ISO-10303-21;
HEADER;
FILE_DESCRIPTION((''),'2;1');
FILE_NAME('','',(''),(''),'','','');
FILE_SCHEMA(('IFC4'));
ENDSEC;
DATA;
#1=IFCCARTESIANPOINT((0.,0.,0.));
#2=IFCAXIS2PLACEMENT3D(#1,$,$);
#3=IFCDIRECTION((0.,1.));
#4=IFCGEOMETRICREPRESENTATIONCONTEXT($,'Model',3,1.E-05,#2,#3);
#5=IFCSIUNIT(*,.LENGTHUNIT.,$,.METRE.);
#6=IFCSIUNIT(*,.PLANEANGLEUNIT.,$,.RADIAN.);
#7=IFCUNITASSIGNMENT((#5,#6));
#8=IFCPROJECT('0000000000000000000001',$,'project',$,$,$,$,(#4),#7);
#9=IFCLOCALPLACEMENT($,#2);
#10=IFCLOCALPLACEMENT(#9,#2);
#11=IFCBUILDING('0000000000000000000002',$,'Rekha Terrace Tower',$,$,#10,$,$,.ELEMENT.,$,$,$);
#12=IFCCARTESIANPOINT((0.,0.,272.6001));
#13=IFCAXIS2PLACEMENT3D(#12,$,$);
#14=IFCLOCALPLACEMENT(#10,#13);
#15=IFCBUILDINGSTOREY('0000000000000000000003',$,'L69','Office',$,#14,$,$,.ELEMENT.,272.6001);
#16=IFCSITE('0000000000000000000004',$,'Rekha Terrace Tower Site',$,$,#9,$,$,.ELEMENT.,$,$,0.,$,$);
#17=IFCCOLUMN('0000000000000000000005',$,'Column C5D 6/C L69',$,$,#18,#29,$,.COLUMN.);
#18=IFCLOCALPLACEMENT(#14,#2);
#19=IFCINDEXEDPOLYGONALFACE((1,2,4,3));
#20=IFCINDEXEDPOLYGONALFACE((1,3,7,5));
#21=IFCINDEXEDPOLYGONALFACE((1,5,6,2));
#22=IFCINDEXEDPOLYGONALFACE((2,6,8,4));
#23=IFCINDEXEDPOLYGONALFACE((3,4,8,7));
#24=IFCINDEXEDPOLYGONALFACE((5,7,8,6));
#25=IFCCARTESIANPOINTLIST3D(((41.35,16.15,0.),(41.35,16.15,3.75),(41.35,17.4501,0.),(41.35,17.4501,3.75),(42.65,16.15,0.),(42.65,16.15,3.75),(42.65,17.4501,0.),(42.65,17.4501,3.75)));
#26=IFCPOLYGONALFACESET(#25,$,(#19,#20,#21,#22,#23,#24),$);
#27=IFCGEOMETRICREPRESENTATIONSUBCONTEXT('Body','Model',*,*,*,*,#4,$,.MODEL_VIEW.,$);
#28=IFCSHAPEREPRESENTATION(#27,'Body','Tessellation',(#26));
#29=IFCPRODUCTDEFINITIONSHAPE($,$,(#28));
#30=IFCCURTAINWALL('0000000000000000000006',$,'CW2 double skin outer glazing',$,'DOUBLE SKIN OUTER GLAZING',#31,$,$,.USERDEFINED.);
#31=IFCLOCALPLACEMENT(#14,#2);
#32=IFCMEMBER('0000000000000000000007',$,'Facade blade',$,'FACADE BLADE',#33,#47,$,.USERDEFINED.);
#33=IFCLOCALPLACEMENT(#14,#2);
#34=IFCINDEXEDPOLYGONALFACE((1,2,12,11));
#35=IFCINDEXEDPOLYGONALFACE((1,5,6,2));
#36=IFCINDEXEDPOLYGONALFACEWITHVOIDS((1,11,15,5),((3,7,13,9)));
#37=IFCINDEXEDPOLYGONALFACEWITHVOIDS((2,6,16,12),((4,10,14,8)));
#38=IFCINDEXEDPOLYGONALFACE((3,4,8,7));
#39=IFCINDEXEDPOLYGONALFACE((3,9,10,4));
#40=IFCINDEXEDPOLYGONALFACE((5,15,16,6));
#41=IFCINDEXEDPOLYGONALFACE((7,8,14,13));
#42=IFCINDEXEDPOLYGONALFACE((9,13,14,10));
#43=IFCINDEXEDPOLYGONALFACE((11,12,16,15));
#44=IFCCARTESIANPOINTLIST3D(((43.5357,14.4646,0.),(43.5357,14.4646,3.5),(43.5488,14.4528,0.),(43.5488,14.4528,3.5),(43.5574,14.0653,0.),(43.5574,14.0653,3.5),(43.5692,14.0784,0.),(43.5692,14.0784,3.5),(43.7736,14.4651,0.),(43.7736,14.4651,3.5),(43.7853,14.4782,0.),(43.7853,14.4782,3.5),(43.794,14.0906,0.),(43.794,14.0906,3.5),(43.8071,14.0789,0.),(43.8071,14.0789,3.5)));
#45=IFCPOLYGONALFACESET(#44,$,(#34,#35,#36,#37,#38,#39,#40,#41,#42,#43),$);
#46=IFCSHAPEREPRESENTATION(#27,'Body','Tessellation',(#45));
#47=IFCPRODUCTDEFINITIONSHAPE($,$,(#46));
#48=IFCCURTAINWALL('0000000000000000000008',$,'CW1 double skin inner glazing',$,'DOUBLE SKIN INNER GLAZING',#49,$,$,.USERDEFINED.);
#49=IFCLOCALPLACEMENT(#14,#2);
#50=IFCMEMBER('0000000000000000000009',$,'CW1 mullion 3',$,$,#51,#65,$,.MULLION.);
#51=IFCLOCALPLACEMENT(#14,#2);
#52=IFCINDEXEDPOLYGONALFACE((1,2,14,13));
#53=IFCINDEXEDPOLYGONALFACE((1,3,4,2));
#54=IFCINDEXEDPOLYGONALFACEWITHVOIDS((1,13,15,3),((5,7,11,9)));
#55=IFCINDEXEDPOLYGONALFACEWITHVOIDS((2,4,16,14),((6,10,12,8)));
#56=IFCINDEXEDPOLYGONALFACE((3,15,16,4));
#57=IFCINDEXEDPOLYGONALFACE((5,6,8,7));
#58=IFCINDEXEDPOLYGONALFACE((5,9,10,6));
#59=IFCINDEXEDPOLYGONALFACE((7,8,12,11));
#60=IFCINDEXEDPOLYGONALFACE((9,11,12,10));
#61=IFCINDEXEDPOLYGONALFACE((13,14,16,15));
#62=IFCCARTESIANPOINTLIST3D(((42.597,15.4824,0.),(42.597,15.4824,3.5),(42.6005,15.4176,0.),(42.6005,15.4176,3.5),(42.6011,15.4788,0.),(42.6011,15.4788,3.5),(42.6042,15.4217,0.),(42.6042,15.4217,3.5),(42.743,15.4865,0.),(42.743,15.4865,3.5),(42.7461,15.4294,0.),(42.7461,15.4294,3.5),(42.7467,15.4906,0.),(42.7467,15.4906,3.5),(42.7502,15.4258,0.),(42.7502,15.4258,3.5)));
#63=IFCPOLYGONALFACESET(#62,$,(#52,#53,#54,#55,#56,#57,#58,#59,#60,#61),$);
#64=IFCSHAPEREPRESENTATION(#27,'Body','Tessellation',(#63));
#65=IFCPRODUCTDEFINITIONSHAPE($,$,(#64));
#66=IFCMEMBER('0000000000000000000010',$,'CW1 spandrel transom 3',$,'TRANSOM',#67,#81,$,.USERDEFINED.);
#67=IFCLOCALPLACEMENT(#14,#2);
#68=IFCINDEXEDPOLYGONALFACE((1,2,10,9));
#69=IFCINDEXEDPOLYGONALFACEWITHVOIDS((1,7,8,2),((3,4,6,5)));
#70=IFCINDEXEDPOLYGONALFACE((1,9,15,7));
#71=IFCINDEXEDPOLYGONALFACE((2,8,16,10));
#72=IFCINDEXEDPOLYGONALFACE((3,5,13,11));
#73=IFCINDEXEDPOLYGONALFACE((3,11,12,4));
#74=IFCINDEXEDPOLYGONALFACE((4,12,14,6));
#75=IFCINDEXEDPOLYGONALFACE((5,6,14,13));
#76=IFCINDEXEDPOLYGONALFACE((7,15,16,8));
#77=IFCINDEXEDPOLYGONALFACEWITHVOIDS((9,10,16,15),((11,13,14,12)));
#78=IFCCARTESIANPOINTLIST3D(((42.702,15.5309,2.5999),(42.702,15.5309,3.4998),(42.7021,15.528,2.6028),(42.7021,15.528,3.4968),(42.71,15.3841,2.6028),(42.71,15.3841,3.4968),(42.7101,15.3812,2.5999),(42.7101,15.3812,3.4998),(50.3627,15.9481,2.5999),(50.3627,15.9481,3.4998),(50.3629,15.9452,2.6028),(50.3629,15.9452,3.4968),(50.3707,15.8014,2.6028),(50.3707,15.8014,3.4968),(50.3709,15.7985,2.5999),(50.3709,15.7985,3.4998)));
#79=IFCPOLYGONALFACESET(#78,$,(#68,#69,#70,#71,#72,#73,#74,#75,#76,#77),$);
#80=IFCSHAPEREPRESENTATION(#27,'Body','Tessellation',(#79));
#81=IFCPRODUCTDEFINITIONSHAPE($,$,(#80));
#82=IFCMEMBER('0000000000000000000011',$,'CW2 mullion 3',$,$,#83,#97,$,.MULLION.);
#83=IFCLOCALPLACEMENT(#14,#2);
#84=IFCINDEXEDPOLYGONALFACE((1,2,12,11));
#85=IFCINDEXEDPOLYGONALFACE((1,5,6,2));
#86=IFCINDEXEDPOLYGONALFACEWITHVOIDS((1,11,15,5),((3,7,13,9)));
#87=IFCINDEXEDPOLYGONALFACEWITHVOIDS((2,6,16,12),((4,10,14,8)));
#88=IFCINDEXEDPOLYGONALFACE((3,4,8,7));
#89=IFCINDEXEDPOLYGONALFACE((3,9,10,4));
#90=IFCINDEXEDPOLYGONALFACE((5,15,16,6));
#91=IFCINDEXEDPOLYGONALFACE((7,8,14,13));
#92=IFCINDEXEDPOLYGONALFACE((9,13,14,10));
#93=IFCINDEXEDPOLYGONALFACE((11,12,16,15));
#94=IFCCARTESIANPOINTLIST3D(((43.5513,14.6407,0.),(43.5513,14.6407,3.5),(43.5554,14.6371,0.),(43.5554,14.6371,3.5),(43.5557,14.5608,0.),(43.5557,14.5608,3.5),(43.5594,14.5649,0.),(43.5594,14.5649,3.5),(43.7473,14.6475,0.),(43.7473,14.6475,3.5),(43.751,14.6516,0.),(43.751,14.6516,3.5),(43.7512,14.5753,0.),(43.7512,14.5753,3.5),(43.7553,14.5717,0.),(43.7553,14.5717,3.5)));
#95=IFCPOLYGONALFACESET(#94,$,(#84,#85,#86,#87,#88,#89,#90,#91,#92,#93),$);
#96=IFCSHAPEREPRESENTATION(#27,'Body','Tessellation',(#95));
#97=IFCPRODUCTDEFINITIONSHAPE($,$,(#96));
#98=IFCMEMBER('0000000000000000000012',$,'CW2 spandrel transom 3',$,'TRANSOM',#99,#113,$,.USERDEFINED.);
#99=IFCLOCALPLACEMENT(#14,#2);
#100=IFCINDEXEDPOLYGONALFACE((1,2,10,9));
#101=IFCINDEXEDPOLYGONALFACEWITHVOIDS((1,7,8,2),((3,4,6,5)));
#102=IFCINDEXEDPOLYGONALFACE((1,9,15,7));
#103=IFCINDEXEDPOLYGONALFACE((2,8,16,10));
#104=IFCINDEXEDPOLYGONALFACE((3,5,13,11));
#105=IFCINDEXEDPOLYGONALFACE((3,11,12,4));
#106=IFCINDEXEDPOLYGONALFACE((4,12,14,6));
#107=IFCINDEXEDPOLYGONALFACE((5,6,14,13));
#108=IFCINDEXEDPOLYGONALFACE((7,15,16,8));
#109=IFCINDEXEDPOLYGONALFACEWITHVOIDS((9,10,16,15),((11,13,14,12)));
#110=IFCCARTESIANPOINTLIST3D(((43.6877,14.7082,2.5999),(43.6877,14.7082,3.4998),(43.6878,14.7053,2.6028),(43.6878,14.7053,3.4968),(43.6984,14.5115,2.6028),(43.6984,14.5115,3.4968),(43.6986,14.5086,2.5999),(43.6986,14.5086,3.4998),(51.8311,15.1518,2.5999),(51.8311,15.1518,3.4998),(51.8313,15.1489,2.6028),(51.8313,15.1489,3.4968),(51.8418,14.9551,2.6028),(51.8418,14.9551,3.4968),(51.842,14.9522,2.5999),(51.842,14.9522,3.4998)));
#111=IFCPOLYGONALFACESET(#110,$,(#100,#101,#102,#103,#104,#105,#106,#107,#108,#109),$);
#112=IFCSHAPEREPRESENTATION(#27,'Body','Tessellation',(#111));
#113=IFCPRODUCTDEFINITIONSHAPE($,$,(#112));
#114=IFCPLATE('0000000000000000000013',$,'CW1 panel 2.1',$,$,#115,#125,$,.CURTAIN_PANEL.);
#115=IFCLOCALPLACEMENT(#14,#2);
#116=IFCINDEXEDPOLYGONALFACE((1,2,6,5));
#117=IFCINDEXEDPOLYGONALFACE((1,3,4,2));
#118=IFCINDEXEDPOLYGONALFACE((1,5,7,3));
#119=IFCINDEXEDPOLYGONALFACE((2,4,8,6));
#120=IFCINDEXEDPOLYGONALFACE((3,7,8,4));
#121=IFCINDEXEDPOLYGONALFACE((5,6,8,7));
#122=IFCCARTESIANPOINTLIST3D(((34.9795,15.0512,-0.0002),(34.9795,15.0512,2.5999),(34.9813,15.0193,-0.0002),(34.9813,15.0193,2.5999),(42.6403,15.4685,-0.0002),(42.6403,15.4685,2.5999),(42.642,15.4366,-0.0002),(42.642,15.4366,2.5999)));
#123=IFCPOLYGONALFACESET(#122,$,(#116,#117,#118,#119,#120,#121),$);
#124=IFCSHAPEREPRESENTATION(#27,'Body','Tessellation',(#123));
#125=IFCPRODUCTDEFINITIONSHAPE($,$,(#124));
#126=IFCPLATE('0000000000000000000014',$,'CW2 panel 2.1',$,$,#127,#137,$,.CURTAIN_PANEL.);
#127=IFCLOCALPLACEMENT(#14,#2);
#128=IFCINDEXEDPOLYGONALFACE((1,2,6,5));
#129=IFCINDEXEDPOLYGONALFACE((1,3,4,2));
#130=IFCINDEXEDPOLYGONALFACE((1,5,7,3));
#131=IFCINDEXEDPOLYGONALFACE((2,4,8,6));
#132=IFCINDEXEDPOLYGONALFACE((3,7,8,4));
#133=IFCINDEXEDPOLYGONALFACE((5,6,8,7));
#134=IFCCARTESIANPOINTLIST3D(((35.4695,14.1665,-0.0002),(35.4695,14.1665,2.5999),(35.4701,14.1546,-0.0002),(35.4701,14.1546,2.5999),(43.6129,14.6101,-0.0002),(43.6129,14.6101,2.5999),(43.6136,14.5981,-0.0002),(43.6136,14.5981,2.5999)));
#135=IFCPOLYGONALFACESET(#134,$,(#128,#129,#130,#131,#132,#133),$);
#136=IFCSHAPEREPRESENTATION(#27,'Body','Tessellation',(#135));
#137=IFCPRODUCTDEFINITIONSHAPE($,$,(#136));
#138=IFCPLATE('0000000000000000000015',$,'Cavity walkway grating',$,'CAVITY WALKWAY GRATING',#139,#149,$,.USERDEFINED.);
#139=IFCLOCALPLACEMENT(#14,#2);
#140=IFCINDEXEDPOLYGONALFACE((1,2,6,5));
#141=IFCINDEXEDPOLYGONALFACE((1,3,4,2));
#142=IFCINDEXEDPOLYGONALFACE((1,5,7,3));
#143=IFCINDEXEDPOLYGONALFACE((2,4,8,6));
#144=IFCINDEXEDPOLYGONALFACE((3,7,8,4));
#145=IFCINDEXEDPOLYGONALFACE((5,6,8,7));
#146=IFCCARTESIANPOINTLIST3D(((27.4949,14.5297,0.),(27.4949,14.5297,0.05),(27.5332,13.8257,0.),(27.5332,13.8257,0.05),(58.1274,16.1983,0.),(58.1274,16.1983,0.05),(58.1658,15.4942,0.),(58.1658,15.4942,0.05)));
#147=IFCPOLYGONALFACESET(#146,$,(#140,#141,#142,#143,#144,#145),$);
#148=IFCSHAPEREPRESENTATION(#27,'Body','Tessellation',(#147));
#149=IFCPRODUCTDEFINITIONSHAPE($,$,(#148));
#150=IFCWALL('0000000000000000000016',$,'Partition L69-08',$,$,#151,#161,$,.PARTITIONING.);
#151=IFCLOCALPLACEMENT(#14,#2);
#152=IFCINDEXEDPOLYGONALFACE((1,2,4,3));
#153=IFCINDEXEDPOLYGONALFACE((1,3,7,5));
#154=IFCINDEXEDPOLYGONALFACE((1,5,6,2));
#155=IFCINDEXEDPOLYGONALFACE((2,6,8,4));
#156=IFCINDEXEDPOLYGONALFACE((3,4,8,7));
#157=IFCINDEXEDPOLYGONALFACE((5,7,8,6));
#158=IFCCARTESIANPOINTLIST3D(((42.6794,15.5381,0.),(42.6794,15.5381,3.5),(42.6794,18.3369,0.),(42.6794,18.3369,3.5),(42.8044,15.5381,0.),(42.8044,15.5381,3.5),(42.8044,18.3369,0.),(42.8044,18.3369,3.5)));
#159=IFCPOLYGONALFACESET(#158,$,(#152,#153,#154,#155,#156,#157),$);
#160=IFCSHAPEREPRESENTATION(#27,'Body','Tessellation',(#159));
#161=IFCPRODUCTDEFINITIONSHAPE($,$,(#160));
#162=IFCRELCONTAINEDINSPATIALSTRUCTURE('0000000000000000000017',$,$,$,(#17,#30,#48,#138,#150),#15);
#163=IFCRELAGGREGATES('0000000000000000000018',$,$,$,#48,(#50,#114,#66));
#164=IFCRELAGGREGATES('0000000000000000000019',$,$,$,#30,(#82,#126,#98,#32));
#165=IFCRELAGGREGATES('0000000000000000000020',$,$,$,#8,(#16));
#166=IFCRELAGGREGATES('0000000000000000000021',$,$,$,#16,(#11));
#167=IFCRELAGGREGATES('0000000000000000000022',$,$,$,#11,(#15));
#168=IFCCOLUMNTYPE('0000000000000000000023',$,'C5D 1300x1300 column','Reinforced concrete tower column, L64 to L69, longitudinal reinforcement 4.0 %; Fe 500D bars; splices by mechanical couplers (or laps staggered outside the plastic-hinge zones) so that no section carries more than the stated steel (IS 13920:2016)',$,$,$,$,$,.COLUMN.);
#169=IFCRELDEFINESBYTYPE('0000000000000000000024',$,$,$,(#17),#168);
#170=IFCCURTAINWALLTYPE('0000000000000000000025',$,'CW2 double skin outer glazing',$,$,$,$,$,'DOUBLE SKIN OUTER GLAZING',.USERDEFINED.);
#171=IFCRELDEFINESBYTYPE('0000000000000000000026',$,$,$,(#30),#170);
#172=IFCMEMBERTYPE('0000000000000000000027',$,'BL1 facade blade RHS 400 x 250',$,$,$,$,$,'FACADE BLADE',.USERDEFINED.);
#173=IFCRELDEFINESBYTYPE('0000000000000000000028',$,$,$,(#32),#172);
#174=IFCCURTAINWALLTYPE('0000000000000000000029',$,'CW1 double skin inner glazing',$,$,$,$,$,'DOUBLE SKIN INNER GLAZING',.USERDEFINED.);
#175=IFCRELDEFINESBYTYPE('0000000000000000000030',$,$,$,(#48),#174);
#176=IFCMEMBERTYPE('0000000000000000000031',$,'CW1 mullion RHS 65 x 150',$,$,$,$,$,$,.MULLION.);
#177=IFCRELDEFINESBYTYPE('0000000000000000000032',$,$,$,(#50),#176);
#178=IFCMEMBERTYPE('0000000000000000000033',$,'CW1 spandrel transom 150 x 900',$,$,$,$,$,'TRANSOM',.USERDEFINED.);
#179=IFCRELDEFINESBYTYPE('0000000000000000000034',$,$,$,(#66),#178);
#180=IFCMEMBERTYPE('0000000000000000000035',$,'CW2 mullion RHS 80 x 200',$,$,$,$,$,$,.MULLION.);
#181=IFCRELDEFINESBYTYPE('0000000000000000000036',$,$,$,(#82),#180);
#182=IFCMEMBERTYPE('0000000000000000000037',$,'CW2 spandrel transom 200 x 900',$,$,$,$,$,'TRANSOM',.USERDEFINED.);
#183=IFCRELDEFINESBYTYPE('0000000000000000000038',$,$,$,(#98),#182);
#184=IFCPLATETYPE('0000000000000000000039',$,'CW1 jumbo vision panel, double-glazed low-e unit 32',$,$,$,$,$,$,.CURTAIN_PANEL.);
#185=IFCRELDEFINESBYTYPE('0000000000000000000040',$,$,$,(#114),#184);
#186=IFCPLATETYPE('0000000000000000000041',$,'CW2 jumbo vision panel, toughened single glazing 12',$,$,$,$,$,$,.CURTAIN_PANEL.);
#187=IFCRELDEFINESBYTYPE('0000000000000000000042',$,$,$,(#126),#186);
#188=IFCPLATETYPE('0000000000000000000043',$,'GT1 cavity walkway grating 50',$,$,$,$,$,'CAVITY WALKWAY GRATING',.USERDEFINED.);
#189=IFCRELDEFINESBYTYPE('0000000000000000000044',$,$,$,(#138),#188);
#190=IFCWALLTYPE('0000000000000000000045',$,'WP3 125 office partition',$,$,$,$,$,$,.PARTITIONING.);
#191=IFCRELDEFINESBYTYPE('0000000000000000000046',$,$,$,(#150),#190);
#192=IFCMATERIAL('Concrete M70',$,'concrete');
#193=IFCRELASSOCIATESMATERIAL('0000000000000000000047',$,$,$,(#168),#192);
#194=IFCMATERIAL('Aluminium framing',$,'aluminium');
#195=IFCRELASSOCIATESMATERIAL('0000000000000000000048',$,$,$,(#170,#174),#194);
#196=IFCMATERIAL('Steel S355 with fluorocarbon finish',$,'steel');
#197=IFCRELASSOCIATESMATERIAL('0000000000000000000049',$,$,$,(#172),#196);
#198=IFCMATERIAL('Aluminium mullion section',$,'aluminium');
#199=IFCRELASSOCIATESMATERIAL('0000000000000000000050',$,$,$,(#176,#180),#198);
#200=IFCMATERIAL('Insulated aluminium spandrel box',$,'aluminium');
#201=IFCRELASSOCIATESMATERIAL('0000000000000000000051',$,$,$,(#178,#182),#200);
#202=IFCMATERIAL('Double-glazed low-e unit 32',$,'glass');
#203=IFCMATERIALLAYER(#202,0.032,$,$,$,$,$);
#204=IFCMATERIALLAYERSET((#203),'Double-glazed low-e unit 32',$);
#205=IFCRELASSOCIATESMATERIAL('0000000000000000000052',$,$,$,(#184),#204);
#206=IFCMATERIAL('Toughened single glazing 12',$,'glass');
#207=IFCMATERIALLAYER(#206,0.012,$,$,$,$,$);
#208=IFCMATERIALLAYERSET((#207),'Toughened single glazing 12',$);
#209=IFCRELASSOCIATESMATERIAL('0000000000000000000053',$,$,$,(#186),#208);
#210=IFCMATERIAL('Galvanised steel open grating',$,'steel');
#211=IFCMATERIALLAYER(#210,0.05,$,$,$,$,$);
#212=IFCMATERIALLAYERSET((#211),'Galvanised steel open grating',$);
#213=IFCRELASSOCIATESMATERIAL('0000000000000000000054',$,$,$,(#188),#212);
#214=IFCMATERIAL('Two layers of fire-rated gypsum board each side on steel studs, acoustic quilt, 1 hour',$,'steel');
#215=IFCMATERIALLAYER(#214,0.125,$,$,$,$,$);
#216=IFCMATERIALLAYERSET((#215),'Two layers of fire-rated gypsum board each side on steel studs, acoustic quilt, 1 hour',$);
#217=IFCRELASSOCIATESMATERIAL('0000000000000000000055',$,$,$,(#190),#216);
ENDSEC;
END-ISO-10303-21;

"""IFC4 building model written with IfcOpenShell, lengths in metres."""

from ifc_helpers import new_model, si_unit, direction, frame, frame_2d, origin, origin_2d, place, context, subcontext, project, spatial, rectangle, hollow_rectangle, extrude, material, layer, layer_set, material_profile, profile_set, type_object, element, aggregate, save


model = new_model("IFC4")

# Units and contexts
model_context = context("Model", 3, precision=1e-05, world=origin(), true_north=direction((0.0, 1.0)))
body_context = subcontext(model_context, "Body", "Model", "MODEL_VIEW")
ifc_project = project(units=[si_unit("LENGTHUNIT", "METRE"), si_unit("PLANEANGLEUNIT", "RADIAN")], contexts=[model_context])

# Site, building, storey
site_placement = place(None, origin())
site = spatial("IfcSite", under=ifc_project, at=site_placement, Name="Rekha Terrace Tower Site", CompositionType="ELEMENT", RefElevation=0.0)
building_placement = place(site_placement, origin())
building = spatial("IfcBuilding", under=site, at=building_placement, Name="Rekha Terrace Tower", CompositionType="ELEMENT")
storey_placement = place(building_placement, frame((0.0, 0.0, 272.6001)))
storey = spatial("IfcBuildingStorey", under=building, at=storey_placement, Name="L69", Description="Office", CompositionType="ELEMENT", Elevation=272.6001)

# Column
ifc_material_1 = material(Name="Concrete M70", Category="concrete")
ifc_material_profile_1 = material_profile(ifc_material_1, rectangle(XDim=1.3, YDim=1.3, at=origin_2d()), Name="RC 1300x1300")
ifc_profile_set_1 = profile_set([ifc_material_profile_1], Name="Concrete M70")
column_type = type_object("IfcColumnType", Name="C5D 1300x1300 column", Description="Reinforced concrete tower column, L64 to L69, longitudinal reinforcement 4.0 %; Fe 500D bars; splices by mechanical couplers (or laps staggered outside the plastic-hinge zones) so that no section carries more than the stated steel (IS 13920:2016)", PredefinedType="COLUMN", material=ifc_profile_set_1)
column_placement = place(storey_placement, frame((42.0, 16.8, 0.0), z_axis=(0.0, 0.0, 1.0), x_axis=(1.0, 0.0, 0.0)))
element("IfcColumn", 1, at=column_placement, inside=storey, type_object=column_type, Name="Column C5D 6/C L69", PredefinedType="COLUMN", context=body_context, shape_type="SweptSolid", body=[
    extrude(rectangle(XDim=1.3, YDim=1.3, at=origin_2d()), origin(), (0.0, 0.0, 1.0), 3.75),
])

# Curtain wall, member
ifc_material_2 = material(Name="Aluminium framing", Category="aluminium")
curtain_wall_type_1 = type_object("IfcCurtainWallType", Name="CW2 double skin outer glazing", ElementType="DOUBLE SKIN OUTER GLAZING", PredefinedType="USERDEFINED", material=ifc_material_2)
curtain_wall_1_placement = place(storey_placement, origin())
curtain_wall_1 = element("IfcCurtainWall", 2, at=curtain_wall_1_placement, inside=storey, type_object=curtain_wall_type_1, Name="CW2 double skin outer glazing", ObjectType="DOUBLE SKIN OUTER GLAZING", PredefinedType="USERDEFINED")
ifc_material_3 = material(Name="Steel S355 with fluorocarbon finish", Category="steel")
ifc_material_profile_2 = material_profile(ifc_material_3, hollow_rectangle(XDim=0.25, YDim=0.3999, WallThickness=0.0125, at=origin_2d()), Name="RHS400x250x12.5")
ifc_profile_set_2 = profile_set([ifc_material_profile_2], Name="Steel S355 with fluorocarbon finish")
member_type_1 = type_object("IfcMemberType", Name="BL1 facade blade RHS 400 x 250", ElementType="FACADE BLADE", PredefinedType="USERDEFINED", material=ifc_profile_set_2)
member_1_placement = place(storey_placement, frame((43.6714, 14.2717, 0.0), z_axis=(0.0, 0.0, 1.0), x_axis=(0.99852, 0.054389, 0.0)))
member_1 = element("IfcMember", 3, at=member_1_placement, type_object=member_type_1, Name="Facade blade", ObjectType="FACADE BLADE", PredefinedType="USERDEFINED", context=body_context, shape_type="SweptSolid", body=[
    extrude(hollow_rectangle(XDim=0.25, YDim=0.3999, WallThickness=0.0125, at=origin_2d()), origin(), (0.0, 0.0, 1.0), 3.5),
])

# Curtain wall, members
curtain_wall_type_2 = type_object("IfcCurtainWallType", Name="CW1 double skin inner glazing", ElementType="DOUBLE SKIN INNER GLAZING", PredefinedType="USERDEFINED", material=ifc_material_2)
curtain_wall_2_placement = place(storey_placement, origin())
curtain_wall_2 = element("IfcCurtainWall", 4, at=curtain_wall_2_placement, inside=storey, type_object=curtain_wall_type_2, Name="CW1 double skin inner glazing", ObjectType="DOUBLE SKIN INNER GLAZING", PredefinedType="USERDEFINED")
ifc_material_4 = material(Name="Aluminium mullion section", Category="aluminium")
ifc_material_profile_3 = material_profile(ifc_material_4, hollow_rectangle(XDim=0.0649, YDim=0.1499, WallThickness=0.0039, at=origin_2d()), Name="AL RHS 65x150")
ifc_profile_set_3 = profile_set([ifc_material_profile_3], Name="Aluminium mullion section")
member_type_2 = type_object("IfcMemberType", Name="CW1 mullion RHS 65 x 150", PredefinedType="MULLION", material=ifc_profile_set_3)
member_2_placement = place(storey_placement, frame((42.6736, 15.4541, 0.0), z_axis=(0.0, 0.0, 1.0), x_axis=(-0.054389, 0.99852, 0.0)))
member_2 = element("IfcMember", 5, at=member_2_placement, type_object=member_type_2, Name="CW1 mullion 3", PredefinedType="MULLION", context=body_context, shape_type="SweptSolid", body=[
    extrude(hollow_rectangle(XDim=0.0649, YDim=0.1499, WallThickness=0.0039, at=origin_2d()), origin(), (0.0, 0.0, 1.0), 3.5),
])
ifc_material_5 = material(Name="Insulated aluminium spandrel box", Category="aluminium")
ifc_material_profile_4 = material_profile(ifc_material_5, hollow_rectangle(XDim=0.1499, YDim=0.8999, WallThickness=0.0029, at=origin_2d()), Name="AL SPANDREL BOX 150x900")
ifc_profile_set_4 = profile_set([ifc_material_profile_4], Name="Insulated aluminium spandrel box")
member_type_3 = type_object("IfcMemberType", Name="CW1 spandrel transom 150 x 900", ElementType="TRANSOM", PredefinedType="USERDEFINED", material=ifc_profile_set_4)
member_3_placement = place(storey_placement, frame((42.7061, 15.4561, 3.0498), z_axis=(0.99852, 0.054384, 0.0), x_axis=(-0.054384, 0.99852, 0.0)))
member_3 = element("IfcMember", 6, at=member_3_placement, type_object=member_type_3, Name="CW1 spandrel transom 3", ObjectType="TRANSOM", PredefinedType="USERDEFINED", context=body_context, shape_type="SweptSolid", body=[
    extrude(hollow_rectangle(XDim=0.1499, YDim=0.8999, WallThickness=0.0029, at=origin_2d()), origin(), (0.0, 0.0, 1.0), 7.6721),
])

# Members
ifc_material_profile_5 = material_profile(ifc_material_4, hollow_rectangle(XDim=0.0801, YDim=0.2, WallThickness=0.0039, at=origin_2d()), Name="AL RHS 80x200")
ifc_profile_set_5 = profile_set([ifc_material_profile_5], Name="Aluminium mullion section")
member_type_4 = type_object("IfcMemberType", Name="CW2 mullion RHS 80 x 200", PredefinedType="MULLION", material=ifc_profile_set_5)
member_4_placement = place(storey_placement, frame((43.6533, 14.6062, 0.0), z_axis=(0.0, 0.0, 1.0), x_axis=(-0.054389, 0.99852, 0.0)))
member_4 = element("IfcMember", 7, at=member_4_placement, type_object=member_type_4, Name="CW2 mullion 3", PredefinedType="MULLION", context=body_context, shape_type="SweptSolid", body=[
    extrude(hollow_rectangle(XDim=0.0801, YDim=0.2, WallThickness=0.0039, at=origin_2d()), origin(), (0.0, 0.0, 1.0), 3.5),
])
ifc_material_profile_6 = material_profile(ifc_material_5, hollow_rectangle(XDim=0.2, YDim=0.8999, WallThickness=0.0029, at=origin_2d()), Name="AL SPANDREL BOX 200x900")
ifc_profile_set_6 = profile_set([ifc_material_profile_6], Name="Insulated aluminium spandrel box")
member_type_5 = type_object("IfcMemberType", Name="CW2 spandrel transom 200 x 900", ElementType="TRANSOM", PredefinedType="USERDEFINED", material=ifc_profile_set_6)
member_5_placement = place(storey_placement, frame((43.6931, 14.6084, 3.0498), z_axis=(0.99852, 0.054392, 0.0), x_axis=(-0.054392, 0.99852, 0.0)))
member_5 = element("IfcMember", 8, at=member_5_placement, type_object=member_type_5, Name="CW2 spandrel transom 3", ObjectType="TRANSOM", PredefinedType="USERDEFINED", context=body_context, shape_type="SweptSolid", body=[
    extrude(hollow_rectangle(XDim=0.2, YDim=0.8999, WallThickness=0.0029, at=origin_2d()), origin(), (0.0, 0.0, 1.0), 8.1555),
])

# Plates
ifc_material_6 = material(Name="Double-glazed low-e unit 32", Category="glass")
ifc_layer_1 = layer(ifc_material_6, 0.032)
ifc_layer_set_1 = layer_set([ifc_layer_1], Name="Double-glazed low-e unit 32")
plate_type_1 = type_object("IfcPlateType", Name="CW1 jumbo vision panel, double-glazed low-e unit 32", PredefinedType="CURTAIN_PANEL", material=ifc_layer_set_1)
plate_1_placement = place(storey_placement, frame((38.8108, 15.2439, -0.0002), z_axis=(0.0, 0.0, 1.0), x_axis=(0.99852, 0.054389, 0.0)))
plate_1 = element("IfcPlate", 9, at=plate_1_placement, type_object=plate_type_1, Name="CW1 panel 2.1", PredefinedType="CURTAIN_PANEL", context=body_context, shape_type="SweptSolid", body=[
    extrude(rectangle(XDim=7.6721, YDim=0.032, at=origin_2d()), origin(), (0.0, 0.0, 1.0), 2.6001),
])
aggregate(curtain_wall_2, [member_2, plate_1, member_3])
ifc_material_7 = material(Name="Toughened single glazing 12", Category="glass")
ifc_layer_2 = layer(ifc_material_7, 0.012)
ifc_layer_set_2 = layer_set([ifc_layer_2], Name="Toughened single glazing 12")
plate_type_2 = type_object("IfcPlateType", Name="CW2 jumbo vision panel, toughened single glazing 12", PredefinedType="CURTAIN_PANEL", material=ifc_layer_set_2)
plate_2_placement = place(storey_placement, frame((39.5415, 14.3823, -0.0002), z_axis=(0.0, 0.0, 1.0), x_axis=(0.99852, 0.054389, 0.0)))
plate_2 = element("IfcPlate", 10, at=plate_2_placement, type_object=plate_type_2, Name="CW2 panel 2.1", PredefinedType="CURTAIN_PANEL", context=body_context, shape_type="SweptSolid", body=[
    extrude(rectangle(XDim=8.1555, YDim=0.012, at=origin_2d()), origin(), (0.0, 0.0, 1.0), 2.6001),
])
aggregate(curtain_wall_1, [member_4, plate_2, member_5, member_1])
ifc_material_8 = material(Name="Galvanised steel open grating", Category="steel")
ifc_layer_3 = layer(ifc_material_8, 0.05)
ifc_layer_set_3 = layer_set([ifc_layer_3], Name="Galvanised steel open grating")
plate_type_3 = type_object("IfcPlateType", Name="GT1 cavity walkway grating 50", ElementType="CAVITY WALKWAY GRATING", PredefinedType="USERDEFINED", material=ifc_layer_set_3)
plate_3_placement = place(storey_placement, frame((42.8303, 15.012, 0.0), z_axis=(0.0, 0.0, 1.0), x_axis=(0.99852, 0.054389, 0.0)))
element("IfcPlate", 11, at=plate_3_placement, inside=storey, type_object=plate_type_3, Name="Cavity walkway grating", ObjectType="CAVITY WALKWAY GRATING", PredefinedType="USERDEFINED", context=body_context, shape_type="SweptSolid", body=[
    extrude(rectangle(XDim=30.678, YDim=0.7051, at=origin_2d()), origin(), (0.0, 0.0, 1.0), 0.05),
])

# Wall
ifc_material_9 = material(Name="Two layers of fire-rated gypsum board each side on steel studs, acoustic quilt, 1 hour", Category="steel")
ifc_layer_4 = layer(ifc_material_9, 0.125)
ifc_layer_set_4 = layer_set([ifc_layer_4], Name="Two layers of fire-rated gypsum board each side on steel studs, acoustic quilt, 1 hour")
wall_type = type_object("IfcWallType", Name="WP3 125 office partition", PredefinedType="PARTITIONING", material=ifc_layer_set_4)
wall_1_placement = place(storey_placement, frame((42.7419, 18.3369, 0.0), z_axis=(0.0, 0.0, 1.0), x_axis=(0.0, -1.0, 0.0)))
element("IfcWall", 12, at=wall_1_placement, inside=storey, type_object=wall_type, Name="Partition L69-08", PredefinedType="PARTITIONING", context=body_context, shape_type="SweptSolid", body=[
    extrude(rectangle(XDim=2.7988, YDim=0.125, at=frame_2d((1.3994, 0.0))), origin(), (0.0, 0.0, 1.0), 3.5),
])

save(model, "model.ifc")
